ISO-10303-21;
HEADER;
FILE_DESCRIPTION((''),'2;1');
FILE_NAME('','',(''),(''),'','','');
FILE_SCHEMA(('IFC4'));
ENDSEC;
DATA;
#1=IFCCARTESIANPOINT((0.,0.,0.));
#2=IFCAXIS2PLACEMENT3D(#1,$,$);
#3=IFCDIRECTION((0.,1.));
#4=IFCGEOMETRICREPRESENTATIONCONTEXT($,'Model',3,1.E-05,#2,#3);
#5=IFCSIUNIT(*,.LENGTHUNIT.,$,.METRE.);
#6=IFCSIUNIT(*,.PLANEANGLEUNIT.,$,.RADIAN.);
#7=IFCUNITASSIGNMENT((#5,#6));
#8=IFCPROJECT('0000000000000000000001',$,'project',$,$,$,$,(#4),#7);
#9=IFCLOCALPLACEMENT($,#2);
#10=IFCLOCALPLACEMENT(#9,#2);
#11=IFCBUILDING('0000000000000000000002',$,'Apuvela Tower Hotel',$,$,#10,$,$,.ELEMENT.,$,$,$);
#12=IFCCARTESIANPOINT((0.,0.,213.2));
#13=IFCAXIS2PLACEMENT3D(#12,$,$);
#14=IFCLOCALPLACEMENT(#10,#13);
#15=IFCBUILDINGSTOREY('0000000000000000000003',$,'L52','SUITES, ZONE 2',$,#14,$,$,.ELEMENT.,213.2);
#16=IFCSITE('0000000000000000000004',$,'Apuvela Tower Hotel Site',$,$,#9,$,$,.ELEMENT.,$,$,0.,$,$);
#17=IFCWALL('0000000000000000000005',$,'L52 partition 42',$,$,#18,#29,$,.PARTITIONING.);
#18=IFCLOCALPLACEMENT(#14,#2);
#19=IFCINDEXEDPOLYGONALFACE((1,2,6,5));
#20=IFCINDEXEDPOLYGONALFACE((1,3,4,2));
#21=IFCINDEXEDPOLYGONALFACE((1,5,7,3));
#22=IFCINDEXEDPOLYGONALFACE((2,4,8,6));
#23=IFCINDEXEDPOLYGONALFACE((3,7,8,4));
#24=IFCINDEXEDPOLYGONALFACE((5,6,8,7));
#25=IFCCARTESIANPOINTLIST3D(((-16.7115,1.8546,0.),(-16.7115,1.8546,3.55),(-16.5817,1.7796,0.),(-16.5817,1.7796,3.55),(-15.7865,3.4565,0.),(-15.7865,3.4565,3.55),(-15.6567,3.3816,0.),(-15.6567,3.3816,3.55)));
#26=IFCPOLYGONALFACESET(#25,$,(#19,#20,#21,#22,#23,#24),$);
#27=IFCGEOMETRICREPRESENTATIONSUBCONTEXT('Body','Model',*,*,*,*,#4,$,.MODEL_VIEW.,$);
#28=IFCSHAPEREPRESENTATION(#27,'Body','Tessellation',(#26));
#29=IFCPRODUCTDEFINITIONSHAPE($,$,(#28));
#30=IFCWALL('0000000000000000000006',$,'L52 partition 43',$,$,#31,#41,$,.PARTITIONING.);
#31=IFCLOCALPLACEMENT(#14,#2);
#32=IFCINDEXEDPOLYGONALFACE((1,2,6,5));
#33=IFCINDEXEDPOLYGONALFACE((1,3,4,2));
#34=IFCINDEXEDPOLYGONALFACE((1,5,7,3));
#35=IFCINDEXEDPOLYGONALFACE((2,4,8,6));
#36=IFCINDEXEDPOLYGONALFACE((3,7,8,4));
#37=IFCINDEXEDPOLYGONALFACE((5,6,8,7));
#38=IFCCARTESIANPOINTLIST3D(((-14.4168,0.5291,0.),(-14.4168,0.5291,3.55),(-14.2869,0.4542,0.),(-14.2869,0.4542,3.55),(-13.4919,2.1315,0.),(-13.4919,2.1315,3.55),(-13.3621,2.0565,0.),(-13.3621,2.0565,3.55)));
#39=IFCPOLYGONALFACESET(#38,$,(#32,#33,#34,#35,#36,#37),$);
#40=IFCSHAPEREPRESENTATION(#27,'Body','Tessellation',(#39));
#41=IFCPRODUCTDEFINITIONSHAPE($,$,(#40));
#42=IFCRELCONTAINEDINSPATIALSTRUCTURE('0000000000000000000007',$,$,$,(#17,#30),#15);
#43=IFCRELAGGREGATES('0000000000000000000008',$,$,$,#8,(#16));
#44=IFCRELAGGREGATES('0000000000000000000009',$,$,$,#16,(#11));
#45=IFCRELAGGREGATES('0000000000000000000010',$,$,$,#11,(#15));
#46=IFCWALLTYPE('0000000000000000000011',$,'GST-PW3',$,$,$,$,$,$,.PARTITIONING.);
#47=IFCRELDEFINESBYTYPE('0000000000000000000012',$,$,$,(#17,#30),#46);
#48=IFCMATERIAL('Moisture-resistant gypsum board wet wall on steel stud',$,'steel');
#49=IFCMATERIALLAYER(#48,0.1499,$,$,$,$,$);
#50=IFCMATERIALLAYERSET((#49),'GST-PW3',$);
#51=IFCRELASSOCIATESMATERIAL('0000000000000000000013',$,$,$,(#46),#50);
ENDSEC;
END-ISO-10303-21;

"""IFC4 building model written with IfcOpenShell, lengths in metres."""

from ifc_helpers import new_model, si_unit, direction, frame, frame_2d, origin, place, context, subcontext, project, spatial, rectangle, extrude, material, layer, layer_set, type_object, element, save


model = new_model("IFC4")

# Units and contexts
model_context = context("Model", 3, precision=1e-05, world=origin(), true_north=direction((0.0, 1.0)))
body_context = subcontext(model_context, "Body", "Model", "MODEL_VIEW")
ifc_project = project(units=[si_unit("LENGTHUNIT", "METRE"), si_unit("PLANEANGLEUNIT", "RADIAN")], contexts=[model_context])

# Site, building, storey
site_placement = place(None, origin())
site = spatial("IfcSite", under=ifc_project, at=site_placement, Name="Apuvela Tower Hotel Site", CompositionType="ELEMENT", RefElevation=0.0)
building_placement = place(site_placement, origin())
building = spatial("IfcBuilding", under=site, at=building_placement, Name="Apuvela Tower Hotel", CompositionType="ELEMENT")
storey_placement = place(building_placement, frame((0.0, 0.0, 213.2)))
storey = spatial("IfcBuildingStorey", under=building, at=storey_placement, Name="L52", Description="SUITES, ZONE 2", CompositionType="ELEMENT", Elevation=213.2)

# Shared definitions
ifc_material_1 = material(Name="Moisture-resistant gypsum board wet wall on steel stud", Category="steel")
ifc_layer_1 = layer(ifc_material_1, 0.1499)
ifc_layer_set_1 = layer_set([ifc_layer_1], Name="GST-PW3")
wall_type_1 = type_object("IfcWallType", Name="GST-PW3", PredefinedType="PARTITIONING", material=ifc_layer_set_1)

# Walls
wall_1_placement = place(storey_placement, frame((-15.7217, 3.4189, 0.0), z_axis=(0.0, 0.0, 1.0), x_axis=(-0.500042, -0.866001, 0.0)))
element("IfcWall", 1, at=wall_1_placement, inside=storey, type_object=wall_type_1, Name="L52 partition 42", PredefinedType="PARTITIONING", context=body_context, shape_type="SweptSolid", body=[
    extrude(rectangle(XDim=1.8499, YDim=0.1499, at=frame_2d((0.9248, 0.0))), origin(), (0.0, 0.0, 1.0), 3.55),
])
wall_2_placement = place(storey_placement, frame((-13.427, 2.094, 0.0), z_axis=(0.0, 0.0, 1.0), x_axis=(-0.499886, -0.866091, 0.0)))
element("IfcWall", 2, at=wall_2_placement, inside=storey, type_object=wall_type_1, Name="L52 partition 43", PredefinedType="PARTITIONING", context=body_context, shape_type="SweptSolid", body=[
    extrude(rectangle(XDim=1.8501, YDim=0.1499, at=frame_2d((0.925, 0.0))), origin(), (0.0, 0.0, 1.0), 3.55),
])

save(model, "model.ifc")
